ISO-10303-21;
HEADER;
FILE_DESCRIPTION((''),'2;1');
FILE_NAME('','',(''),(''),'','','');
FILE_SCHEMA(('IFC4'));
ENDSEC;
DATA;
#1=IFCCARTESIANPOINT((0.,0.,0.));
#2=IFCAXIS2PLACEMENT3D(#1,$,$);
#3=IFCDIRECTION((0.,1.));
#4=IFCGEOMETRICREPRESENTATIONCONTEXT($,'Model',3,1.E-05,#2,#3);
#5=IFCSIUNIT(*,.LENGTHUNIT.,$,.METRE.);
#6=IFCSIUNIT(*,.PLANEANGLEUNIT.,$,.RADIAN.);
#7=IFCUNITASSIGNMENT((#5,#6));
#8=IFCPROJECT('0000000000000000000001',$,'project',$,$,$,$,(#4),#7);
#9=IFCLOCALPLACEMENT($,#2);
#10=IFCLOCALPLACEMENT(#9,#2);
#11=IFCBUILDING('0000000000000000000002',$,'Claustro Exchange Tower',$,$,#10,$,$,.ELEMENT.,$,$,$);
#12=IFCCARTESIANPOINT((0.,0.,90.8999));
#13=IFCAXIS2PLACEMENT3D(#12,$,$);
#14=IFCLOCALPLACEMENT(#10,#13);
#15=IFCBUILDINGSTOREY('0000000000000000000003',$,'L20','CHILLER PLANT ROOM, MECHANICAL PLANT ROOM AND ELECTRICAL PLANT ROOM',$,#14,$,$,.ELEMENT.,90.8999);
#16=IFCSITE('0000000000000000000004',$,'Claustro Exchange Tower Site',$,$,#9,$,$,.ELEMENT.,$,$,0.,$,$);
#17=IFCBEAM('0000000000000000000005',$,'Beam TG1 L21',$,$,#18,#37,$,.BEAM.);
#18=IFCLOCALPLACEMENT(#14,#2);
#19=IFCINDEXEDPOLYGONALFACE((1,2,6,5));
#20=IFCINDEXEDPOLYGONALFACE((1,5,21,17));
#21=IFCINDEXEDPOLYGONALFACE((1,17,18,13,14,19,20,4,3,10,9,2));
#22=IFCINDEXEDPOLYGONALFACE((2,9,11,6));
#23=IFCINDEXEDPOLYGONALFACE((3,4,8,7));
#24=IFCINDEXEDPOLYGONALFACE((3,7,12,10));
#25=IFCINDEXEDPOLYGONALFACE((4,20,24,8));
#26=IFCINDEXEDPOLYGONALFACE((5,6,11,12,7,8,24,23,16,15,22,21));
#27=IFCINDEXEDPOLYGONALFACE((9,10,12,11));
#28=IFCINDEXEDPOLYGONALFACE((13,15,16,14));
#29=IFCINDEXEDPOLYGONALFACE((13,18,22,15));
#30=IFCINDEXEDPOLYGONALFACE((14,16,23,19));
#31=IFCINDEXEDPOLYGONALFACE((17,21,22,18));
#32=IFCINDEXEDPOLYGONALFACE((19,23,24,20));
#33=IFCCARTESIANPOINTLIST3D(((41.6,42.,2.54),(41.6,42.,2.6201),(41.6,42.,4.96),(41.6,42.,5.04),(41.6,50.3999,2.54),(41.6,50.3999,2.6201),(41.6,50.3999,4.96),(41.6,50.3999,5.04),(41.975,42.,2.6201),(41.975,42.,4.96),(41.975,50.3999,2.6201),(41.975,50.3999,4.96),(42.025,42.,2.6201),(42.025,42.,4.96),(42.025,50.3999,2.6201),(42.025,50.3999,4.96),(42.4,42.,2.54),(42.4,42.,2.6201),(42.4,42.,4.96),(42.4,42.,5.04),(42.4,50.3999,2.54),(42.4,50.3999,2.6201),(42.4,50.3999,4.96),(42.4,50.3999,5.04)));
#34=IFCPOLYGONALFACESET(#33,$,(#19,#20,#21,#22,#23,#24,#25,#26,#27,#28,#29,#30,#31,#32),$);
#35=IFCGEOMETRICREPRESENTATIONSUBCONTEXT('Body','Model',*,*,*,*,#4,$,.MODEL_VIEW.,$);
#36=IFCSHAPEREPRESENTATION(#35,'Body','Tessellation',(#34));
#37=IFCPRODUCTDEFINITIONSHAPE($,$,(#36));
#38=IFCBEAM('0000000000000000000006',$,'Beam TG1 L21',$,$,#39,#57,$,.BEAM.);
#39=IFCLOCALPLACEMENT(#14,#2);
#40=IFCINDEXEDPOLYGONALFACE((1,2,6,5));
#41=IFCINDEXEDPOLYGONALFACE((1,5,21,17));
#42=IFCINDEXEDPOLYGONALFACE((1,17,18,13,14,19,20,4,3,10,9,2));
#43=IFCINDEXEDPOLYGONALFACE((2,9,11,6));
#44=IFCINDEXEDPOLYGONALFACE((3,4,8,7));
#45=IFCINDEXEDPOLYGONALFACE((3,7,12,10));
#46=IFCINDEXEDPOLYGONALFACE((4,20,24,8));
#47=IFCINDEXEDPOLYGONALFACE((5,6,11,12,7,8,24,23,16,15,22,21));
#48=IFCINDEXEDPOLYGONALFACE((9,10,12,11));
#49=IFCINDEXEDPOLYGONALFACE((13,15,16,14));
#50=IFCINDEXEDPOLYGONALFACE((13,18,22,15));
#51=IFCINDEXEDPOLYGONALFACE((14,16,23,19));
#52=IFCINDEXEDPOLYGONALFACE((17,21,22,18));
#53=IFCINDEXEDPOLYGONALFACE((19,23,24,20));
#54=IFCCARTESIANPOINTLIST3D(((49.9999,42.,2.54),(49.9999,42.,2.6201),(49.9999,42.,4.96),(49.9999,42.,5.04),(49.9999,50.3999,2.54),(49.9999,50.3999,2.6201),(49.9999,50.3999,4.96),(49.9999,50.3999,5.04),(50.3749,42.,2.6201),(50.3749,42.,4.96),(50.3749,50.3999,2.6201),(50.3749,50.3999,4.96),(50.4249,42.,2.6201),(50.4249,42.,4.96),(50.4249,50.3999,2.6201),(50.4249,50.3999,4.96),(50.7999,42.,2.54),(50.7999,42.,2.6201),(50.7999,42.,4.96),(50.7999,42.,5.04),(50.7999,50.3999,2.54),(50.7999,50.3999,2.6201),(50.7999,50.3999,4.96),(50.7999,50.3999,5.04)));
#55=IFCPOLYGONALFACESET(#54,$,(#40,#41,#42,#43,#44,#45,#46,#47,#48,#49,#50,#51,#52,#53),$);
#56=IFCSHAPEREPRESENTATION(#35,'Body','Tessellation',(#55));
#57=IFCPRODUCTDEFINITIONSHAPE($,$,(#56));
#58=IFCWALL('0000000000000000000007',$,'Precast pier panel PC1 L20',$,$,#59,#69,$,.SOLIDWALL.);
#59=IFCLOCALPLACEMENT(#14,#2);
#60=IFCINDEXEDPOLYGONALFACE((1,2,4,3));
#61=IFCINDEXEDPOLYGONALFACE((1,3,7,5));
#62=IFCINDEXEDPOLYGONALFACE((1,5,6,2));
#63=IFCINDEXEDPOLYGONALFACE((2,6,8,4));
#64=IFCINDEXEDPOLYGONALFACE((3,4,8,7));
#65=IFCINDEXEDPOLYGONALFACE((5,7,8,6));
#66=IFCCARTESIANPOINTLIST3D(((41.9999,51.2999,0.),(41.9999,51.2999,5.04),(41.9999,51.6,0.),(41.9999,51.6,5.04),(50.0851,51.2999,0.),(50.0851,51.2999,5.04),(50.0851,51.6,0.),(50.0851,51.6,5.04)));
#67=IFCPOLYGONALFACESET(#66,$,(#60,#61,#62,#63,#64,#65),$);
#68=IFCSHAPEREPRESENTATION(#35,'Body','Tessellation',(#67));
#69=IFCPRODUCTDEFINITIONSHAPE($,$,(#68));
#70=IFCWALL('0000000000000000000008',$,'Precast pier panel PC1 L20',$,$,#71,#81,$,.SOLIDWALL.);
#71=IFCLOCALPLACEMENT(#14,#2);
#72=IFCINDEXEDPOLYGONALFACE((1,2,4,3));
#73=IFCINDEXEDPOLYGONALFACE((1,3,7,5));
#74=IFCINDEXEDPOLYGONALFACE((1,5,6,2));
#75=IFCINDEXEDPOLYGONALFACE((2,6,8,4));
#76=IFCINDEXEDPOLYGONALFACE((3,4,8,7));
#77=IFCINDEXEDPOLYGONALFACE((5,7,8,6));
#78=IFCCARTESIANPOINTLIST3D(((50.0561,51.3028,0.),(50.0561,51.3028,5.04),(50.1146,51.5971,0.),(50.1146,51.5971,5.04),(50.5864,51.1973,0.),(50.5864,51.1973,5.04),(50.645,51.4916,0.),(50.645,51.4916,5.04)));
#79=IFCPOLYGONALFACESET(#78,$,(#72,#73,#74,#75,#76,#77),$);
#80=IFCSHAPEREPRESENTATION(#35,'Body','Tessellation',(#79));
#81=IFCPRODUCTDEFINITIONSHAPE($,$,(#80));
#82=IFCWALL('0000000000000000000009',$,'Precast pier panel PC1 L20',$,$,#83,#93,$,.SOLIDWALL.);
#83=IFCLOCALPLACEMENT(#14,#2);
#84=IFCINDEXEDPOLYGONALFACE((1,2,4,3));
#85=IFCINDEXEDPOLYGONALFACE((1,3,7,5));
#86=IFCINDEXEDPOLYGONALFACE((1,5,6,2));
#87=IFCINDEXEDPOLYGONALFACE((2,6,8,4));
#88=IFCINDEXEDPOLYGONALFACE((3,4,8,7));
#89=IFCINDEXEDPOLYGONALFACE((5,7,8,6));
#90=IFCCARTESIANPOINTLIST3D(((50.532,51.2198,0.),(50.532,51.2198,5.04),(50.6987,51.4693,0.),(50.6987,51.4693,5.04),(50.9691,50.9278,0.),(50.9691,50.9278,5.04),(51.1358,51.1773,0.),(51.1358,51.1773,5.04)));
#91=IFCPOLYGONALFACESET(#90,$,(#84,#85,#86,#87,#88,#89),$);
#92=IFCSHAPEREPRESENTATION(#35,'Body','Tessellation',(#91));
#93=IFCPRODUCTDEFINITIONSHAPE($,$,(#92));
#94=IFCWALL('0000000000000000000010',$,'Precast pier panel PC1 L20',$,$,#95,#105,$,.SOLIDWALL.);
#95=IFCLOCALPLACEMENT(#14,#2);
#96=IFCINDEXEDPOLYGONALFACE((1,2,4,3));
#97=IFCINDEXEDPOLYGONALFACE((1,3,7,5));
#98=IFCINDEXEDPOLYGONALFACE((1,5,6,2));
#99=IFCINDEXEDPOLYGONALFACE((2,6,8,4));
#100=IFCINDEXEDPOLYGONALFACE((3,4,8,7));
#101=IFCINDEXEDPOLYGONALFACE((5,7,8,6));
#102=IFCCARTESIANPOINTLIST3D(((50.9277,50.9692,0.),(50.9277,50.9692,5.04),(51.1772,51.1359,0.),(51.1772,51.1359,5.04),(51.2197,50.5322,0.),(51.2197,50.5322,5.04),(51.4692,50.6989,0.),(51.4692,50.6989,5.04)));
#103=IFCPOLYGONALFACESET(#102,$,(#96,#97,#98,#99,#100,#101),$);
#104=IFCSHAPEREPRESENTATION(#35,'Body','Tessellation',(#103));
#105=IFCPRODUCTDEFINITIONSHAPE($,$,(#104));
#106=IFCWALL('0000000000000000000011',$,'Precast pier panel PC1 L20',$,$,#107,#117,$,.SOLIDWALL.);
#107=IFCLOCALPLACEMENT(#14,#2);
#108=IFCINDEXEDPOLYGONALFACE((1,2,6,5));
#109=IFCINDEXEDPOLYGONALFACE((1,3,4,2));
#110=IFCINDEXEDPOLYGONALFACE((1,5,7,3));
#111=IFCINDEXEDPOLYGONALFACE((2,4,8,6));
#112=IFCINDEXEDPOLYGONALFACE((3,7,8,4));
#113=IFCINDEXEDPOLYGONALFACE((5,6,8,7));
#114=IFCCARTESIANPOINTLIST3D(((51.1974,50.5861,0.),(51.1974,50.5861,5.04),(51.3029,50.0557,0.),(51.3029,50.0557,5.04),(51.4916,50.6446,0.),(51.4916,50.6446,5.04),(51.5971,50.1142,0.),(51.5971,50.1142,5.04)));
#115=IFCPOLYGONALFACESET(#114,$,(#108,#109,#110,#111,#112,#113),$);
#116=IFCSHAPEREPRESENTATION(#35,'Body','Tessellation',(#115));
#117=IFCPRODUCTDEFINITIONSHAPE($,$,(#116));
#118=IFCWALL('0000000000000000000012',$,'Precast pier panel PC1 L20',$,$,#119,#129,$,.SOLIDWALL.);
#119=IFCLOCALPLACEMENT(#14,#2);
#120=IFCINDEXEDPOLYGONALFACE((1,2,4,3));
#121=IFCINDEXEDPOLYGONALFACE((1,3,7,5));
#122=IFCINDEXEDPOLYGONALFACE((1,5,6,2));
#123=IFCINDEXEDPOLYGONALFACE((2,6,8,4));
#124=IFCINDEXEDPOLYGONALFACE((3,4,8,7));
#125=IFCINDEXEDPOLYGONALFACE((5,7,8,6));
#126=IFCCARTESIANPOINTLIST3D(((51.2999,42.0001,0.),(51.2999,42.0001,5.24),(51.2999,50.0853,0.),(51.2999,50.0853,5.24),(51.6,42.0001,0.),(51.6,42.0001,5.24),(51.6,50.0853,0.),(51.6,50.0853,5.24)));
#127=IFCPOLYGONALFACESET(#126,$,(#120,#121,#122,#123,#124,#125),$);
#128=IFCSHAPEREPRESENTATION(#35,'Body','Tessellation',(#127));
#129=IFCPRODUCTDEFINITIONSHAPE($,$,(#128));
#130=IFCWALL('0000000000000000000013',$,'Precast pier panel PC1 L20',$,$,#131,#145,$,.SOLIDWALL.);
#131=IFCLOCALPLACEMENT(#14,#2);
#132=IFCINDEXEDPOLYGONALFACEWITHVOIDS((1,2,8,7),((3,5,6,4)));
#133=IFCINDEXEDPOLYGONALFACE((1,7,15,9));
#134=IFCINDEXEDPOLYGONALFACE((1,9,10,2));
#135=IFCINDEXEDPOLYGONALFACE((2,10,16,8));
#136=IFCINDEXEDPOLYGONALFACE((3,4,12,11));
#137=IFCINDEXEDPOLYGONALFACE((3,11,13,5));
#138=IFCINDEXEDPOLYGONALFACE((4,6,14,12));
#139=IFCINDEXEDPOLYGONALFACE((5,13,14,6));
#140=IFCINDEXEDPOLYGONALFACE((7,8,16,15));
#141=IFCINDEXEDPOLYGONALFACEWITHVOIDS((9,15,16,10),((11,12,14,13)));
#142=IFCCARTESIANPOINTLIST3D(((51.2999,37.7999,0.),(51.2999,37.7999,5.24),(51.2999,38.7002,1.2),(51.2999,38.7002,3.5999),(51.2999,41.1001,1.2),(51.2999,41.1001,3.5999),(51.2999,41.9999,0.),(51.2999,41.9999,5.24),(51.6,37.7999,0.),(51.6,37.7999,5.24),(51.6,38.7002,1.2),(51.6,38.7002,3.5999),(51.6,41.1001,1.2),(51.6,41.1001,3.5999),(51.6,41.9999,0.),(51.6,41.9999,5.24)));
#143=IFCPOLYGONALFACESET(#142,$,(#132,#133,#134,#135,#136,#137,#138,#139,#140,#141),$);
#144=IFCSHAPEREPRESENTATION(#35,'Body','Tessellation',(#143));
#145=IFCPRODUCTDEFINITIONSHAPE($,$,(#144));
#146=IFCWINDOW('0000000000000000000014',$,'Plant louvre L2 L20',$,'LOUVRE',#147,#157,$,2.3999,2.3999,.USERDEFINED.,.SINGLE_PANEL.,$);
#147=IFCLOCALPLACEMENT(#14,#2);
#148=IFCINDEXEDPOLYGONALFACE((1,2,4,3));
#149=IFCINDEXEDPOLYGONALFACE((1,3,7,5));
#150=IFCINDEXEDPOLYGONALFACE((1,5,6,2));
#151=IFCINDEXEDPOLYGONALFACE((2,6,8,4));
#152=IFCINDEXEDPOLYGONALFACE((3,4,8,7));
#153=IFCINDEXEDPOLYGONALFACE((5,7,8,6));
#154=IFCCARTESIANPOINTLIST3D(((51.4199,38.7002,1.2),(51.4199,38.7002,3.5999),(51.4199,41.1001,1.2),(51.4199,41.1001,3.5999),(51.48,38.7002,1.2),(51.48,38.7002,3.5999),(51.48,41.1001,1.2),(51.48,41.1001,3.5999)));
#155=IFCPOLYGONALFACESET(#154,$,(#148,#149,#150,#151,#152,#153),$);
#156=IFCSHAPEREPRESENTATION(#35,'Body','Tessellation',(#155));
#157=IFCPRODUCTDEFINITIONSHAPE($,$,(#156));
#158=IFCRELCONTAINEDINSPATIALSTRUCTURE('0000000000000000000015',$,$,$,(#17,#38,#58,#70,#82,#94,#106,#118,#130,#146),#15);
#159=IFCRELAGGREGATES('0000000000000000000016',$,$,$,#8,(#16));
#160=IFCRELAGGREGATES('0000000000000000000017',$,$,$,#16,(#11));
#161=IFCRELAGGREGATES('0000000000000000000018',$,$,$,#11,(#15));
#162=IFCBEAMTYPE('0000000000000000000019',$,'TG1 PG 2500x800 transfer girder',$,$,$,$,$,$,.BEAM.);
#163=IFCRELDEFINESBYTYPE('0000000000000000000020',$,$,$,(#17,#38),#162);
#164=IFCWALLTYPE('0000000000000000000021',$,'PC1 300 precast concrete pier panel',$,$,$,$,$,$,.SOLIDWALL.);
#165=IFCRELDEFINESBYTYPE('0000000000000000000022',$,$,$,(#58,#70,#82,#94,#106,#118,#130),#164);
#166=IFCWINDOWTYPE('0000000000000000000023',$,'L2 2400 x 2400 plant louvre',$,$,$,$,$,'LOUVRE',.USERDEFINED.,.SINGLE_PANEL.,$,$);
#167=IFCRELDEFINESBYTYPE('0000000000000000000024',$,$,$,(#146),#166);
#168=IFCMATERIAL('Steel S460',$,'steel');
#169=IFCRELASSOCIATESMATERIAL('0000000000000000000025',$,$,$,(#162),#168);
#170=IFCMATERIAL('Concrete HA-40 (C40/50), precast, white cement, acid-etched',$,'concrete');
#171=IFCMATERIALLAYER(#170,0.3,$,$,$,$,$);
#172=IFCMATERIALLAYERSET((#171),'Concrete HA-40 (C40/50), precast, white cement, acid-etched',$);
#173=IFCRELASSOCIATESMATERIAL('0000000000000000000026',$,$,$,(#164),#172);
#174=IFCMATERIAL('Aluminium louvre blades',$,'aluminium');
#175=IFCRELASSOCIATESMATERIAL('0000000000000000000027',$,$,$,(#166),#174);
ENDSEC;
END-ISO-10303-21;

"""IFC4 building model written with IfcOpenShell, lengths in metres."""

from ifc_helpers import new_model, si_unit, direction, frame, frame_2d, origin, origin_2d, place, context, subcontext, project, spatial, rectangle, i_section, extrude, material, layer, layer_set, material_profile, profile_set, type_object, element, fill, save


model = new_model("IFC4")

# Units and contexts
model_context = context("Model", 3, precision=1e-05, world=origin(), true_north=direction((0.0, 1.0)))
body_context = subcontext(model_context, "Body", "Model", "MODEL_VIEW")
ifc_project = project(units=[si_unit("LENGTHUNIT", "METRE"), si_unit("PLANEANGLEUNIT", "RADIAN")], contexts=[model_context])

# Site, building, storey
site_placement = place(None, origin())
site = spatial("IfcSite", under=ifc_project, at=site_placement, Name="Claustro Exchange Tower Site", CompositionType="ELEMENT", RefElevation=0.0)
building_placement = place(site_placement, origin())
building = spatial("IfcBuilding", under=site, at=building_placement, Name="Claustro Exchange Tower", CompositionType="ELEMENT")
storey_placement = place(building_placement, frame((0.0, 0.0, 90.8999)))
storey = spatial("IfcBuildingStorey", under=building, at=storey_placement, Name="L20", Description="CHILLER PLANT ROOM, MECHANICAL PLANT ROOM AND ELECTRICAL PLANT ROOM", CompositionType="ELEMENT", Elevation=90.8999)

# Beams
ifc_material_1 = material(Name="Steel S460", Category="steel")
ifc_material_profile_1 = material_profile(ifc_material_1, i_section(OverallWidth=0.8, OverallDepth=2.5, WebThickness=0.05, FlangeThickness=0.0801, at=origin_2d()), Name="PG 2500x800")
ifc_profile_set_1 = profile_set([ifc_material_profile_1], Name="Steel S460")
beam_type_1 = type_object("IfcBeamType", Name="TG1 PG 2500x800 transfer girder", PredefinedType="BEAM", material=ifc_profile_set_1)
for number, where, z_axis, x_axis, name in (
    (1, (42.0, 42.0, 3.79), (0.0, 1.0, 0.0), (-1.0, 0.0, 0.0), "Beam TG1 L21"),
    (2, (50.3999, 42.0, 3.79), (0.0, 1.0, 0.0), (-1.0, 0.0, 0.0), "Beam TG1 L21"),
):
    element("IfcBeam", number, at=place(storey_placement, frame(where, z_axis=z_axis, x_axis=x_axis)), inside=storey, type_object=beam_type_1, Name=name, PredefinedType="BEAM", context=body_context, shape_type="SweptSolid", body=[
        extrude(i_section(OverallWidth=0.8, OverallDepth=2.5, WebThickness=0.05, FlangeThickness=0.0801, at=origin_2d()), origin(), (0.0, 0.0, 1.0), 8.3999),
    ])

# Walls
ifc_material_2 = material(Name="Concrete HA-40 (C40/50), precast, white cement, acid-etched", Category="concrete")
ifc_layer = layer(ifc_material_2, 0.3)
ifc_layer_set = layer_set([ifc_layer], Name="Concrete HA-40 (C40/50), precast, white cement, acid-etched")
wall_type = type_object("IfcWallType", Name="PC1 300 precast concrete pier panel", PredefinedType="SOLIDWALL", material=ifc_layer_set)
wall_1_placement = place(storey_placement, frame((42.0, 51.45, 0.0), z_axis=(0.0, 0.0, 1.0), x_axis=(1.0, 0.0, 0.0)))
element("IfcWall", 3, at=wall_1_placement, inside=storey, type_object=wall_type, Name="Precast pier panel PC1 L20", PredefinedType="SOLIDWALL", context=body_context, shape_type="SweptSolid", body=[
    extrude(rectangle(XDim=8.0852, YDim=0.3, at=frame_2d((4.0425, 0.0))), origin(), (0.0, 0.0, 1.0), 5.04),
])
wall_2_placement = place(storey_placement, frame((50.0852, 51.45, 0.0), z_axis=(0.0, 0.0, 1.0), x_axis=(0.980789, -0.195074, 0.0)))
element("IfcWall", 4, at=wall_2_placement, inside=storey, type_object=wall_type, Name="Precast pier panel PC1 L20", PredefinedType="SOLIDWALL", context=body_context, shape_type="SweptSolid", body=[
    extrude(rectangle(XDim=0.5408, YDim=0.3, at=frame_2d((0.2705, 0.0))), origin(), (0.0, 0.0, 1.0), 5.04),
])
for number, where, z_axis, x_axis, name in (
    (5, (50.6155, 51.3445, 0.0), (0.0, 0.0, 1.0), (0.831478, -0.555557, 0.0), "Precast pier panel PC1 L20"),
    (6, (51.0525, 51.0525, 0.0), (0.0, 0.0, 1.0), (0.555557, -0.831478, 0.0), "Precast pier panel PC1 L20"),
):
    element("IfcWall", number, at=place(storey_placement, frame(where, z_axis=z_axis, x_axis=x_axis)), inside=storey, type_object=wall_type, Name=name, PredefinedType="SOLIDWALL", context=body_context, shape_type="SweptSolid", body=[
        extrude(rectangle(XDim=0.5256, YDim=0.3, at=frame_2d((0.2627, 0.0))), origin(), (0.0, 0.0, 1.0), 5.04),
    ])
wall_3_placement = place(storey_placement, frame((51.3445, 50.6155, 0.0), z_axis=(0.0, 0.0, 1.0), x_axis=(0.195074, -0.980789, 0.0)))
element("IfcWall", 7, at=wall_3_placement, inside=storey, type_object=wall_type, Name="Precast pier panel PC1 L20", PredefinedType="SOLIDWALL", context=body_context, shape_type="SweptSolid", body=[
    extrude(rectangle(XDim=0.5408, YDim=0.3, at=frame_2d((0.2705, 0.0))), origin(), (0.0, 0.0, 1.0), 5.04),
])
wall_4_placement = place(storey_placement, frame((51.45, 50.0852, 0.0), z_axis=(0.0, 0.0, 1.0), x_axis=(0.0, -1.0, 0.0)))
element("IfcWall", 8, at=wall_4_placement, inside=storey, type_object=wall_type, Name="Precast pier panel PC1 L20", PredefinedType="SOLIDWALL", context=body_context, shape_type="SweptSolid", body=[
    extrude(rectangle(XDim=8.0852, YDim=0.3, at=frame_2d((4.0425, 0.0))), origin(), (0.0, 0.0, 1.0), 5.24),
])

# Wall, opening, window
wall_5_placement = place(storey_placement, frame((51.45, 42.0, 0.0), z_axis=(0.0, 0.0, 1.0), x_axis=(0.0, -1.0, 0.0)))
wall_5 = element("IfcWall", 9, at=wall_5_placement, inside=storey, type_object=wall_type, Name="Precast pier panel PC1 L20", PredefinedType="SOLIDWALL", context=body_context, shape_type="SweptSolid", body=[
    extrude(rectangle(XDim=4.2, YDim=0.3, at=frame_2d((2.1001, 0.0))), origin(), (0.0, 0.0, 1.0), 5.24),
])
opening_placement = place(wall_5_placement, frame((0.8999, 0.0, 1.2)))
opening = element("IfcOpeningElement", 10, at=opening_placement, cuts=wall_5, PredefinedType="OPENING", context=body_context, shape_type="SweptSolid", body=[
    extrude(rectangle(XDim=2.3999, YDim=2.3999, at=frame_2d((1.2, 1.2))), frame((0.0, 0.1599, 0.0), z_axis=(0.0, -1.0, 0.0), x_axis=(1.0, 0.0, 0.0)), (0.0, 0.0, 1.0), 0.3201),
])
ifc_material_3 = material(Name="Aluminium louvre blades", Category="aluminium")
window_type = type_object("IfcWindowType", Name="L2 2400 x 2400 plant louvre", ElementType="LOUVRE", PartitioningType="SINGLE_PANEL", PredefinedType="USERDEFINED", material=ifc_material_3)
window_placement = place(opening_placement, origin())
window = element("IfcWindow", 11, at=window_placement, inside=storey, type_object=window_type, Name="Plant louvre L2 L20", ObjectType="LOUVRE", OverallHeight=2.3999, OverallWidth=2.3999, PartitioningType="SINGLE_PANEL", PredefinedType="USERDEFINED", context=body_context, shape_type="SweptSolid", body=[
    extrude(rectangle(XDim=2.3999, YDim=2.3999, at=frame_2d((1.2, 1.2))), frame((0.0, 0.03, 0.0), z_axis=(0.0, -1.0, 0.0), x_axis=(1.0, 0.0, 0.0)), (0.0, 0.0, 1.0), 0.0601),
])
fill(opening, window)

save(model, "model.ifc")
